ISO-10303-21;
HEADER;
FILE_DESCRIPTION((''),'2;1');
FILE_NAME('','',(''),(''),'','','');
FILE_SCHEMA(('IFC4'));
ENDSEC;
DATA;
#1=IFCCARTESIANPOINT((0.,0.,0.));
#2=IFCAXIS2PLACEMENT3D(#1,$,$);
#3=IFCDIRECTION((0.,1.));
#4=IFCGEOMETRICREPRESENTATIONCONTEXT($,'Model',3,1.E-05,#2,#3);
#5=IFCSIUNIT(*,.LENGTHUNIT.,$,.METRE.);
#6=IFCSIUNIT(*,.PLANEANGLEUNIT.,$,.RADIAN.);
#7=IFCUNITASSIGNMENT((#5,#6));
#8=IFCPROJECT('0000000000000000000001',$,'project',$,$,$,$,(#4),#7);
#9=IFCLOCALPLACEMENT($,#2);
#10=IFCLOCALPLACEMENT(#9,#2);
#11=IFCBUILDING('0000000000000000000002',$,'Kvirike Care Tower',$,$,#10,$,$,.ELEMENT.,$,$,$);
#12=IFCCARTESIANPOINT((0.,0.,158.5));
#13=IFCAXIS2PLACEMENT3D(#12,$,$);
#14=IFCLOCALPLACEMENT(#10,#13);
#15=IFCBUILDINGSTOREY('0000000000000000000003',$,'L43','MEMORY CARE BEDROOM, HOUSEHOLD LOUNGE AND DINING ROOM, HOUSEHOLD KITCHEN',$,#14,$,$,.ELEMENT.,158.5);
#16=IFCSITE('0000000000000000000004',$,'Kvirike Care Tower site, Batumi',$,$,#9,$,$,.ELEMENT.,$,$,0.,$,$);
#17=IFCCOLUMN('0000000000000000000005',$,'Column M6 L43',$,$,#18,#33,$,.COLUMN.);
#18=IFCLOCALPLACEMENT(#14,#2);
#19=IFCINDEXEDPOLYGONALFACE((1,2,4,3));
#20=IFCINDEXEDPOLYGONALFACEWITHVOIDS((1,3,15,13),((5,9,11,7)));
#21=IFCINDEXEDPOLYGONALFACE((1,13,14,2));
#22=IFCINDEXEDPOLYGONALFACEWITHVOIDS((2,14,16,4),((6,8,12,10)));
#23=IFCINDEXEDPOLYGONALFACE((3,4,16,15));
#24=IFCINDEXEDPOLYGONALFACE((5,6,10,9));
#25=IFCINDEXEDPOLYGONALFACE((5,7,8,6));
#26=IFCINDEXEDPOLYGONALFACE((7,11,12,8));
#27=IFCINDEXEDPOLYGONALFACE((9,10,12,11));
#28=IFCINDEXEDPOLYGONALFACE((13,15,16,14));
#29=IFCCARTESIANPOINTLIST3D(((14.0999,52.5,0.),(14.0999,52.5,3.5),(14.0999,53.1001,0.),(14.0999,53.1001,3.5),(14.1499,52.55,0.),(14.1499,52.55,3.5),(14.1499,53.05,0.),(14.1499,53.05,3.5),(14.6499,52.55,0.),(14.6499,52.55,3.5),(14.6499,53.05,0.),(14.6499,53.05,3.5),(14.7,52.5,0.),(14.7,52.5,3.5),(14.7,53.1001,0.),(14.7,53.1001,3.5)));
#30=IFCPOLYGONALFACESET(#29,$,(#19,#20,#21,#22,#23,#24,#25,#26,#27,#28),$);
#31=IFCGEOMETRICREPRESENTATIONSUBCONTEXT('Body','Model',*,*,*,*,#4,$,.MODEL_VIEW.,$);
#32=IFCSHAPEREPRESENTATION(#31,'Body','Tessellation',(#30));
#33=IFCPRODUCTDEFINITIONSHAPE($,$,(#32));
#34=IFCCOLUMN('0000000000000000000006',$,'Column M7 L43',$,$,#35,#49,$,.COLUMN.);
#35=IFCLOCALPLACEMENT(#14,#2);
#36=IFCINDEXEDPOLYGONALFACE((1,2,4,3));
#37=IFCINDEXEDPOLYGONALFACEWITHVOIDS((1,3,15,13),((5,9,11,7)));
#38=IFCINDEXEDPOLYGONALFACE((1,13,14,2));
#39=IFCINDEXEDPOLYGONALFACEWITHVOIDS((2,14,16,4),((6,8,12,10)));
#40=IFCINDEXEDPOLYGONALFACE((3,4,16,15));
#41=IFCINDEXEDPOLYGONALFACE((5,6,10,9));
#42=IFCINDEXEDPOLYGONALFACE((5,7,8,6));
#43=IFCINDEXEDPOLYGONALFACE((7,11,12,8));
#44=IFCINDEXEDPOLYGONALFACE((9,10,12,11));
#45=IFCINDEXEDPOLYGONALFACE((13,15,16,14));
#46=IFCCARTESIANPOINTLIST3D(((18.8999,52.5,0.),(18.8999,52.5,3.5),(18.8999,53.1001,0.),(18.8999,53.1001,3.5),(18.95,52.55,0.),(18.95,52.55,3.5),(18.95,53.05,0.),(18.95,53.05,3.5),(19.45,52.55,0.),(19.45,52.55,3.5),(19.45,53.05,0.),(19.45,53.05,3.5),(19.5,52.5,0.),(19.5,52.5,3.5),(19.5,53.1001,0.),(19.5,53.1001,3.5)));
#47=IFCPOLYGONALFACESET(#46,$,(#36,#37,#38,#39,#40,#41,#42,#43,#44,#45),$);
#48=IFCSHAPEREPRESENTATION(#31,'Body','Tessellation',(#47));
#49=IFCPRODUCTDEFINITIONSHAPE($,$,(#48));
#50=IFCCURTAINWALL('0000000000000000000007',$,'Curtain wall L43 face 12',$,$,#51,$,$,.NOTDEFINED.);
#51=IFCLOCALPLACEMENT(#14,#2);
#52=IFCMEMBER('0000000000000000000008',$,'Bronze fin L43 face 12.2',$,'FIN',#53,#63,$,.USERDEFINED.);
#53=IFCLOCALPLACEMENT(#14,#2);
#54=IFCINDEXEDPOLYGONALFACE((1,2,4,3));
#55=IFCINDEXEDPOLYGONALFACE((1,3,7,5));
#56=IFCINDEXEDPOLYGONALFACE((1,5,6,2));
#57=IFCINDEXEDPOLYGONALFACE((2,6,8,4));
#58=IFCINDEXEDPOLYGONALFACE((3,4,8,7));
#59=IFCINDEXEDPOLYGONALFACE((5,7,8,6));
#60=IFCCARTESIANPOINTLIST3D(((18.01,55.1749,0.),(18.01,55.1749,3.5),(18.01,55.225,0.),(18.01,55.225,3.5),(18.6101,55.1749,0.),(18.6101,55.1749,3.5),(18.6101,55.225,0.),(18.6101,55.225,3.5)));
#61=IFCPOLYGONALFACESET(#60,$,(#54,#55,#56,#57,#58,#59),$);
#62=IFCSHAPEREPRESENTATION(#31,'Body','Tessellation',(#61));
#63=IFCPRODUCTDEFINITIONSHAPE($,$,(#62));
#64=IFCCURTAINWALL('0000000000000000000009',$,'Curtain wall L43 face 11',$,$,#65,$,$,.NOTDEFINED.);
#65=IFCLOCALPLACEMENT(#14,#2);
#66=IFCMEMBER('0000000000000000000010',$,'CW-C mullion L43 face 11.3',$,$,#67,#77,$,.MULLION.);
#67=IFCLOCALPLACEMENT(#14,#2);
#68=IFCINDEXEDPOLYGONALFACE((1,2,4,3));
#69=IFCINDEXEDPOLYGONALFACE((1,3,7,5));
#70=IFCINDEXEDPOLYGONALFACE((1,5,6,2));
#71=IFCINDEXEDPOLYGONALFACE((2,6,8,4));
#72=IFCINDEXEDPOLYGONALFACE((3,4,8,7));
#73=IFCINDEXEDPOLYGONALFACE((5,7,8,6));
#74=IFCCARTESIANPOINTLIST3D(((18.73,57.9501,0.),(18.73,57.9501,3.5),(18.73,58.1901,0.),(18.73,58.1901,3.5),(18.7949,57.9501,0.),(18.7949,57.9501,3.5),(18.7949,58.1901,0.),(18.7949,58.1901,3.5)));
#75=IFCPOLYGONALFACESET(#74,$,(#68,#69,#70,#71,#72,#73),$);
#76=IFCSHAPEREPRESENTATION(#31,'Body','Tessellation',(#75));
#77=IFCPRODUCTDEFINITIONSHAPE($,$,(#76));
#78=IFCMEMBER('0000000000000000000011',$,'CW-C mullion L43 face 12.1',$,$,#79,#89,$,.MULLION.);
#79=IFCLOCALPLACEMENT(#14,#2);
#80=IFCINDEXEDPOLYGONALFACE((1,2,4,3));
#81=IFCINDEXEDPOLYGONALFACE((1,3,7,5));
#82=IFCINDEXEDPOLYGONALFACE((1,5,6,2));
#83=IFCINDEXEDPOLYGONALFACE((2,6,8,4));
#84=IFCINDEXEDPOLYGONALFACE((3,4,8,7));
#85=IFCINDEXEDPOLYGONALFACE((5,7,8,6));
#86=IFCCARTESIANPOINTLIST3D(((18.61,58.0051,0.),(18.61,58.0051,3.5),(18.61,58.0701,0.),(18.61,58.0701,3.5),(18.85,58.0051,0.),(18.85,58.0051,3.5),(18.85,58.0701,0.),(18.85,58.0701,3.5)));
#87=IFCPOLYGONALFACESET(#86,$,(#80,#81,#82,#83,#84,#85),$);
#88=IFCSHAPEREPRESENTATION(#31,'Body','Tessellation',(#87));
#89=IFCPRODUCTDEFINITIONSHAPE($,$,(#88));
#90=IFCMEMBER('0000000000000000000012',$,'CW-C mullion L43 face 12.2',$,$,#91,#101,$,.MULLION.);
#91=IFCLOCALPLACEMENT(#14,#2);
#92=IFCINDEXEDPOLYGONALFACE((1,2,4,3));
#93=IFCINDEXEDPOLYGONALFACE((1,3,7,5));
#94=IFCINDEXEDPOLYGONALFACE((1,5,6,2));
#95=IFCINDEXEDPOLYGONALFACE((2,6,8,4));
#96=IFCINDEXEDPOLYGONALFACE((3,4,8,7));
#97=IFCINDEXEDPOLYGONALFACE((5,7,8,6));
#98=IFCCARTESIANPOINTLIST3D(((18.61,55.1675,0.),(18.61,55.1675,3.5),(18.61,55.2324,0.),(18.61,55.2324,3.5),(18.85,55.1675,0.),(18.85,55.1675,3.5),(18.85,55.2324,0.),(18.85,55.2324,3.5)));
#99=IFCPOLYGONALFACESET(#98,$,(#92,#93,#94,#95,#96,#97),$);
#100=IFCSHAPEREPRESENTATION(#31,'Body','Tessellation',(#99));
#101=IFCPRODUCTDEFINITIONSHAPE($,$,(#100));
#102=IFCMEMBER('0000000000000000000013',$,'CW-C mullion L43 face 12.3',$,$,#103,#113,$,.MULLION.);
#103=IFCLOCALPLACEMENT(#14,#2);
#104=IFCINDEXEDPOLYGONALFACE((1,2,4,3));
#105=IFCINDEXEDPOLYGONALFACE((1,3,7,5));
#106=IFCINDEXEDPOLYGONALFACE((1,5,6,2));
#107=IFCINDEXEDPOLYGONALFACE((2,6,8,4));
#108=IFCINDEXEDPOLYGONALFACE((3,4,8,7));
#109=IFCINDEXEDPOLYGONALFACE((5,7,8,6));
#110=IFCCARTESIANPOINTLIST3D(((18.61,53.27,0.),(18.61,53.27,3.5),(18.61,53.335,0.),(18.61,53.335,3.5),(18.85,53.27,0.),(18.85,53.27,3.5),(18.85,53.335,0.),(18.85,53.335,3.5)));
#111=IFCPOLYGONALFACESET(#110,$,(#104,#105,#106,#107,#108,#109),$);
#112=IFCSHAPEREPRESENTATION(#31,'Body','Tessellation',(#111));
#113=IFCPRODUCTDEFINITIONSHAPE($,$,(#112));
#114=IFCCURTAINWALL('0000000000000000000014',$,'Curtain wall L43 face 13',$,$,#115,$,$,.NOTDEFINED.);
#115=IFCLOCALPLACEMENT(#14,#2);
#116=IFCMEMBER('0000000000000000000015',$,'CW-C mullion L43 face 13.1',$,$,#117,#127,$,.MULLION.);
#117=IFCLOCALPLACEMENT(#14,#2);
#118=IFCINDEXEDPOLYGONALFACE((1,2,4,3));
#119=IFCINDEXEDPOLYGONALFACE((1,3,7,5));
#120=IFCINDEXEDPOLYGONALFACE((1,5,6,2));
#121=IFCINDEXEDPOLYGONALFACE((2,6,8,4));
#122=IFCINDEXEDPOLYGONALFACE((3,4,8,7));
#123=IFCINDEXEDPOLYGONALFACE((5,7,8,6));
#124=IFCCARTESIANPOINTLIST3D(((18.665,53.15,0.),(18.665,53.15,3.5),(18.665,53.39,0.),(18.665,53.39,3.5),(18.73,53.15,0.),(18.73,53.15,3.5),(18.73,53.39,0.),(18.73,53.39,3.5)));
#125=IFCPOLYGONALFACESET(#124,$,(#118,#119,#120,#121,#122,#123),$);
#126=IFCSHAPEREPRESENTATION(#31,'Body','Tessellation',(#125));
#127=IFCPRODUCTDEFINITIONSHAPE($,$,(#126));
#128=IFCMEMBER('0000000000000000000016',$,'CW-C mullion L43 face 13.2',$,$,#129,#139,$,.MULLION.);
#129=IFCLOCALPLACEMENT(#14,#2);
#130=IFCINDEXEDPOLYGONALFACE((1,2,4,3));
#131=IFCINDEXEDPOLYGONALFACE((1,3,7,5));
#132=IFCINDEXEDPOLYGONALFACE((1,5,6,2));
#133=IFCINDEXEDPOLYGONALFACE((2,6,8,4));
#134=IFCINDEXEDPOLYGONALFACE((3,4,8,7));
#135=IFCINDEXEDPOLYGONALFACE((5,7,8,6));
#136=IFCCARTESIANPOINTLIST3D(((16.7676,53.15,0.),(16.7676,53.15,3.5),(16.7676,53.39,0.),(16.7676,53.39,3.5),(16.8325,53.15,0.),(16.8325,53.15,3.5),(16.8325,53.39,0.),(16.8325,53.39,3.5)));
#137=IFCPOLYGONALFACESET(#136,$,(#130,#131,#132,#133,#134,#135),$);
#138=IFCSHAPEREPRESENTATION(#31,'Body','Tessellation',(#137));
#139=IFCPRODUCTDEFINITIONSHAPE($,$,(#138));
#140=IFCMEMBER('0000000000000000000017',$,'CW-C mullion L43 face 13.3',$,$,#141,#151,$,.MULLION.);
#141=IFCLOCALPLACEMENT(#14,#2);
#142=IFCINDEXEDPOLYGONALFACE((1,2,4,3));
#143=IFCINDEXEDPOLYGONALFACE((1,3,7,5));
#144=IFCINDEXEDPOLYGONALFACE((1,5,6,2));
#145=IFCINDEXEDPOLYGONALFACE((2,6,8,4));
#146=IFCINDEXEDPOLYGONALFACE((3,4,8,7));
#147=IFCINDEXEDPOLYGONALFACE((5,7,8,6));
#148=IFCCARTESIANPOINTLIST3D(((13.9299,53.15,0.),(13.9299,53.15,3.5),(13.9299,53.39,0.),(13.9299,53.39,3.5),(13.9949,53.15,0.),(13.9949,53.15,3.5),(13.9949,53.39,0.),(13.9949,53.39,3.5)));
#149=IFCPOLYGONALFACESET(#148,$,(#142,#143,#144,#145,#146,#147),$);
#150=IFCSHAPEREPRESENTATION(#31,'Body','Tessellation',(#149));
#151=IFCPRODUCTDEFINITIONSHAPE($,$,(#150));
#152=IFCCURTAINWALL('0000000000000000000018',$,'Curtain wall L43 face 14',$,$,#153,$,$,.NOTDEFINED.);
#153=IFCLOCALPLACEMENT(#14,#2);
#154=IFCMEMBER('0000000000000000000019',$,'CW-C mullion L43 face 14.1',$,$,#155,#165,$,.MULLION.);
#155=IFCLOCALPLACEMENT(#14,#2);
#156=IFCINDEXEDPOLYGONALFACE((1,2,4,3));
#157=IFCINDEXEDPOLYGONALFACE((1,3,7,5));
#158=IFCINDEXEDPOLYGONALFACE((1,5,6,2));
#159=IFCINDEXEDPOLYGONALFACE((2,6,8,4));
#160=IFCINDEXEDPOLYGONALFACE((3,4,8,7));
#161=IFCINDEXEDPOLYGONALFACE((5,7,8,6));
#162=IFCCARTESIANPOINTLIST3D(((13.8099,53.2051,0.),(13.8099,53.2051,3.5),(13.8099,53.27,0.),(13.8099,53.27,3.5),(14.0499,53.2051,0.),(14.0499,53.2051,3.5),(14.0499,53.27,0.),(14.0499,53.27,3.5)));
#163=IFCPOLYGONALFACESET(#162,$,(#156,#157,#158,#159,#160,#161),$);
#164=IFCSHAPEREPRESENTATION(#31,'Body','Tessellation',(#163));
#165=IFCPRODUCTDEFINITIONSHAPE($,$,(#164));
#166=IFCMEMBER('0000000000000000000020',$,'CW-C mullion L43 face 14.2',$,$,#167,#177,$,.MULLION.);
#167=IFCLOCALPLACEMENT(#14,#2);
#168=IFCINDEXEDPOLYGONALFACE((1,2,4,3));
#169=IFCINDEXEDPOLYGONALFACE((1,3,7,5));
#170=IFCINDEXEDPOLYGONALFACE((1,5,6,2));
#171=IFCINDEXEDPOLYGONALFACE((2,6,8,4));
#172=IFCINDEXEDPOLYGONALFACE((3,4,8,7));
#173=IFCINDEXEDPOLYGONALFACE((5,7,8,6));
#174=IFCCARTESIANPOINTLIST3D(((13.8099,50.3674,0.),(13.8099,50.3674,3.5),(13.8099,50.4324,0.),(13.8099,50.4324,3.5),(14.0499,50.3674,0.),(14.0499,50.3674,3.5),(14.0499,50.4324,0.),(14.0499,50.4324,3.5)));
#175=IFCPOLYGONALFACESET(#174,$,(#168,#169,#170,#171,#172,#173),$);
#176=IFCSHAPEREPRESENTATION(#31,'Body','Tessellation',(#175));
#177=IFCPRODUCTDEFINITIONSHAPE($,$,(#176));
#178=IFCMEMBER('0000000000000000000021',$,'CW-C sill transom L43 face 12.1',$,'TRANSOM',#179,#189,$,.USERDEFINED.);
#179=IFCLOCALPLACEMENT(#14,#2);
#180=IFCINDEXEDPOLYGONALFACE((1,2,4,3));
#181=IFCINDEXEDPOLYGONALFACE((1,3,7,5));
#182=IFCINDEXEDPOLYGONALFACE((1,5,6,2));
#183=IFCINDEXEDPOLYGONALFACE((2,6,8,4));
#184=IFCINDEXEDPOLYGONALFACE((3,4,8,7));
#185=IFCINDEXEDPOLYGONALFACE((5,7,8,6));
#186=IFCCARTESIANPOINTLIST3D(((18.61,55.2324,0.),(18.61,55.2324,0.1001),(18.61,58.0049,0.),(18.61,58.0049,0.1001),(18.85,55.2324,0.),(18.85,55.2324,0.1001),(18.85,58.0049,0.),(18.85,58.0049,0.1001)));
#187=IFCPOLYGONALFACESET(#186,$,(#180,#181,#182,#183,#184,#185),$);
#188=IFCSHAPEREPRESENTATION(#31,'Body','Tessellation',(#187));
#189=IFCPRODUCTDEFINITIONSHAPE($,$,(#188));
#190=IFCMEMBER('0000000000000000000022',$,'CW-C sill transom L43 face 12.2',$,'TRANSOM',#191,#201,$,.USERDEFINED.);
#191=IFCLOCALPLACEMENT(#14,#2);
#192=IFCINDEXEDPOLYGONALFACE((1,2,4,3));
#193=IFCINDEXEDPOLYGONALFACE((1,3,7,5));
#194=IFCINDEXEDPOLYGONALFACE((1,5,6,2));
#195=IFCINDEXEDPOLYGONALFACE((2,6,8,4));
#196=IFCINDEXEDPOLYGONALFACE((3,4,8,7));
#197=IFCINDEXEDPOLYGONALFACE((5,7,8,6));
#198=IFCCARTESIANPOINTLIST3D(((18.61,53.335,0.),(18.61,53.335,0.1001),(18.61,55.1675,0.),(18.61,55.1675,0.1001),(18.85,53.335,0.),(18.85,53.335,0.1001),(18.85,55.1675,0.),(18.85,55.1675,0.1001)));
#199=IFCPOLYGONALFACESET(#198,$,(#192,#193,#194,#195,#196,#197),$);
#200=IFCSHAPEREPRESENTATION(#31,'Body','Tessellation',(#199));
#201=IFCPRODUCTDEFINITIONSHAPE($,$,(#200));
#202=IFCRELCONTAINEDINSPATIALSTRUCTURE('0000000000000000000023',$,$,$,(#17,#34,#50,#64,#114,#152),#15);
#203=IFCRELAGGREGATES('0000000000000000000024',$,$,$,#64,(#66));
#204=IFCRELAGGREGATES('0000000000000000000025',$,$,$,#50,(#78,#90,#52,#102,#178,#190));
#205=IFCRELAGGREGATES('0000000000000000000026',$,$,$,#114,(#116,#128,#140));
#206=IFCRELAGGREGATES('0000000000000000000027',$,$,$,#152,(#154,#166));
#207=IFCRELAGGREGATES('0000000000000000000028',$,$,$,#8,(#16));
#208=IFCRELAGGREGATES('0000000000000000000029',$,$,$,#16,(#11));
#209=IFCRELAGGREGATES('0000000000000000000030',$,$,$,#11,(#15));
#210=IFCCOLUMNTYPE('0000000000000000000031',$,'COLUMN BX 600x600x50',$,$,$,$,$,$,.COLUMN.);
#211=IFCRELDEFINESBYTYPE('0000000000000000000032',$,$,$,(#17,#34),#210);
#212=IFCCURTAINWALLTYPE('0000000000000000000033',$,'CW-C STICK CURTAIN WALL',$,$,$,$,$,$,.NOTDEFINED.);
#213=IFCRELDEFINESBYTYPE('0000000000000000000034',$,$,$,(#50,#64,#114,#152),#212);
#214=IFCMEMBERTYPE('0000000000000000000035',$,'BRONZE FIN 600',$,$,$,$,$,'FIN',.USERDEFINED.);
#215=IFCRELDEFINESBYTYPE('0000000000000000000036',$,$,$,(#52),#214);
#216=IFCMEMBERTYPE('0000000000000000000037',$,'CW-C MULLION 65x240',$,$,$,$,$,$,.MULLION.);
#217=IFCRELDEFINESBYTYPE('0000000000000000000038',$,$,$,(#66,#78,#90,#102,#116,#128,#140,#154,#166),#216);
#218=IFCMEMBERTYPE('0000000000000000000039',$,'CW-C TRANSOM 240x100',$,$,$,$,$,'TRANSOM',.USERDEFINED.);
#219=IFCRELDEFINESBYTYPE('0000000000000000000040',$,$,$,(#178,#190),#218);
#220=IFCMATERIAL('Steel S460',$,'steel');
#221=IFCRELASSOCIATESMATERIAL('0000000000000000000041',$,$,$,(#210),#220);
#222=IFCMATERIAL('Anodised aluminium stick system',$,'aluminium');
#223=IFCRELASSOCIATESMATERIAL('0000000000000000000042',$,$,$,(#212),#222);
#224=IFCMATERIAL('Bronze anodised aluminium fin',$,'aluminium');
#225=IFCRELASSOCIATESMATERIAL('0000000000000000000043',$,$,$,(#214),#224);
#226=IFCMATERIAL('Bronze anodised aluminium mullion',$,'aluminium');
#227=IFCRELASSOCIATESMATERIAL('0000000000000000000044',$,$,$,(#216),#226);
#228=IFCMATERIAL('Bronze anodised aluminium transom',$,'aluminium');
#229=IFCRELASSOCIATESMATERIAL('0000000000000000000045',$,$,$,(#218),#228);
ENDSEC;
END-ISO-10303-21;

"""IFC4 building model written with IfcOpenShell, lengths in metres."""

from ifc_helpers import new_model, si_unit, direction, frame, origin, origin_2d, place, context, subcontext, project, spatial, rectangle, hollow_rectangle, extrude, material, material_profile, profile_set, type_object, element, aggregate, save


model = new_model("IFC4")

# Units and contexts
model_context = context("Model", 3, precision=1e-05, world=origin(), true_north=direction((0.0, 1.0)))
body_context = subcontext(model_context, "Body", "Model", "MODEL_VIEW")
ifc_project = project(units=[si_unit("LENGTHUNIT", "METRE"), si_unit("PLANEANGLEUNIT", "RADIAN")], contexts=[model_context])

# Site, building, storey
site_placement = place(None, origin())
site = spatial("IfcSite", under=ifc_project, at=site_placement, Name="Kvirike Care Tower site, Batumi", CompositionType="ELEMENT", RefElevation=0.0)
building_placement = place(site_placement, origin())
building = spatial("IfcBuilding", under=site, at=building_placement, Name="Kvirike Care Tower", CompositionType="ELEMENT")
storey_placement = place(building_placement, frame((0.0, 0.0, 158.5)))
storey = spatial("IfcBuildingStorey", under=building, at=storey_placement, Name="L43", Description="MEMORY CARE BEDROOM, HOUSEHOLD LOUNGE AND DINING ROOM, HOUSEHOLD KITCHEN", CompositionType="ELEMENT", Elevation=158.5)

# Columns
ifc_material_1 = material(Name="Steel S460", Category="steel")
ifc_material_profile_1 = material_profile(ifc_material_1, hollow_rectangle(XDim=0.6001, YDim=0.6001, WallThickness=0.05, at=origin_2d()), Name="BX 600x600x50")
ifc_profile_set_1 = profile_set([ifc_material_profile_1], Name="Steel S460")
column_type = type_object("IfcColumnType", Name="COLUMN BX 600x600x50", PredefinedType="COLUMN", material=ifc_profile_set_1)
for number, where, z_axis, x_axis, name in (
    (1, (14.3999, 52.8, 0.0), (0.0, 0.0, 1.0), (0.0, 1.0, 0.0), "Column M6 L43"),
    (2, (19.2, 52.8, 0.0), (0.0, 0.0, 1.0), (0.0, 1.0, 0.0), "Column M7 L43"),
):
    element("IfcColumn", number, at=place(storey_placement, frame(where, z_axis=z_axis, x_axis=x_axis)), inside=storey, type_object=column_type, Name=name, PredefinedType="COLUMN", context=body_context, shape_type="SweptSolid", body=[
        extrude(hollow_rectangle(XDim=0.6001, YDim=0.6001, WallThickness=0.05, at=origin_2d()), origin(), (0.0, 0.0, 1.0), 3.5),
    ])

# Curtain walls, members
ifc_material_2 = material(Name="Anodised aluminium stick system", Category="aluminium")
curtain_wall_type = type_object("IfcCurtainWallType", Name="CW-C STICK CURTAIN WALL", PredefinedType="NOTDEFINED", material=ifc_material_2)
curtain_wall_1_placement = place(storey_placement, origin())
curtain_wall_1 = element("IfcCurtainWall", 3, at=curtain_wall_1_placement, inside=storey, type_object=curtain_wall_type, Name="Curtain wall L43 face 12", PredefinedType="NOTDEFINED")
ifc_material_3 = material(Name="Bronze anodised aluminium fin", Category="aluminium")
ifc_material_profile_2 = material_profile(ifc_material_3, rectangle(XDim=0.05, YDim=0.6001, at=origin_2d()), Name="BRONZE FIN 600")
ifc_profile_set_2 = profile_set([ifc_material_profile_2], Name="Bronze anodised aluminium fin")
member_type_1 = type_object("IfcMemberType", Name="BRONZE FIN 600", ElementType="FIN", PredefinedType="USERDEFINED", material=ifc_profile_set_2)
member_1_placement = place(storey_placement, frame((18.3101, 55.2, 0.0), z_axis=(0.0, 0.0, 1.0), x_axis=(0.0, -1.0, 0.0)))
member_1 = element("IfcMember", 4, at=member_1_placement, type_object=member_type_1, Name="Bronze fin L43 face 12.2", ObjectType="FIN", PredefinedType="USERDEFINED", context=body_context, shape_type="SweptSolid", body=[
    extrude(rectangle(XDim=0.05, YDim=0.6001, at=origin_2d()), origin(), (0.0, 0.0, 1.0), 3.5),
])
curtain_wall_2_placement = place(storey_placement, origin())
curtain_wall_2 = element("IfcCurtainWall", 5, at=curtain_wall_2_placement, inside=storey, type_object=curtain_wall_type, Name="Curtain wall L43 face 11", PredefinedType="NOTDEFINED")
ifc_material_4 = material(Name="Bronze anodised aluminium mullion", Category="aluminium")
ifc_material_profile_3 = material_profile(ifc_material_4, rectangle(XDim=0.0649, YDim=0.24, at=origin_2d()), Name="CW-C MULLION 65x240")
ifc_profile_set_3 = profile_set([ifc_material_profile_3], Name="Bronze anodised aluminium mullion")
member_type_2 = type_object("IfcMemberType", Name="CW-C MULLION 65x240", PredefinedType="MULLION", material=ifc_profile_set_3)
member_2_placement = place(storey_placement, frame((18.7625, 58.0701, 0.0), z_axis=(0.0, 0.0, 1.0), x_axis=(-1.0, 0.0, 0.0)))
member_2 = element("IfcMember", 6, at=member_2_placement, type_object=member_type_2, Name="CW-C mullion L43 face 11.3", PredefinedType="MULLION", context=body_context, shape_type="SweptSolid", body=[
    extrude(rectangle(XDim=0.0649, YDim=0.24, at=origin_2d()), origin(), (0.0, 0.0, 1.0), 3.5),
])
aggregate(curtain_wall_2, [member_2])

# Members
member_3_placement = place(storey_placement, frame((18.73, 58.0376, 0.0), z_axis=(0.0, 0.0, 1.0), x_axis=(0.0, -1.0, 0.0)))
member_3 = element("IfcMember", 7, at=member_3_placement, type_object=member_type_2, Name="CW-C mullion L43 face 12.1", PredefinedType="MULLION", context=body_context, shape_type="SweptSolid", body=[
    extrude(rectangle(XDim=0.0649, YDim=0.24, at=origin_2d()), origin(), (0.0, 0.0, 1.0), 3.5),
])
member_4_placement = place(storey_placement, frame((18.73, 55.2, 0.0), z_axis=(0.0, 0.0, 1.0), x_axis=(0.0, -1.0, 0.0)))
member_4 = element("IfcMember", 8, at=member_4_placement, type_object=member_type_2, Name="CW-C mullion L43 face 12.2", PredefinedType="MULLION", context=body_context, shape_type="SweptSolid", body=[
    extrude(rectangle(XDim=0.0649, YDim=0.24, at=origin_2d()), origin(), (0.0, 0.0, 1.0), 3.5),
])
member_5_placement = place(storey_placement, frame((18.73, 53.3025, 0.0), z_axis=(0.0, 0.0, 1.0), x_axis=(0.0, -1.0, 0.0)))
member_5 = element("IfcMember", 9, at=member_5_placement, type_object=member_type_2, Name="CW-C mullion L43 face 12.3", PredefinedType="MULLION", context=body_context, shape_type="SweptSolid", body=[
    extrude(rectangle(XDim=0.0649, YDim=0.24, at=origin_2d()), origin(), (0.0, 0.0, 1.0), 3.5),
])

# Curtain walls, members
curtain_wall_3_placement = place(storey_placement, origin())
curtain_wall_3 = element("IfcCurtainWall", 10, at=curtain_wall_3_placement, inside=storey, type_object=curtain_wall_type, Name="Curtain wall L43 face 13", PredefinedType="NOTDEFINED")
member_6_placement = place(storey_placement, frame((18.6975, 53.27, 0.0), z_axis=(0.0, 0.0, 1.0), x_axis=(-1.0, 0.0, 0.0)))
member_6 = element("IfcMember", 11, at=member_6_placement, type_object=member_type_2, Name="CW-C mullion L43 face 13.1", PredefinedType="MULLION", context=body_context, shape_type="SweptSolid", body=[
    extrude(rectangle(XDim=0.0649, YDim=0.24, at=origin_2d()), origin(), (0.0, 0.0, 1.0), 3.5),
])
member_7_placement = place(storey_placement, frame((16.8, 53.27, 0.0), z_axis=(0.0, 0.0, 1.0), x_axis=(-1.0, 0.0, 0.0)))
member_7 = element("IfcMember", 12, at=member_7_placement, type_object=member_type_2, Name="CW-C mullion L43 face 13.2", PredefinedType="MULLION", context=body_context, shape_type="SweptSolid", body=[
    extrude(rectangle(XDim=0.0649, YDim=0.24, at=origin_2d()), origin(), (0.0, 0.0, 1.0), 3.5),
])
member_8_placement = place(storey_placement, frame((13.9624, 53.27, 0.0), z_axis=(0.0, 0.0, 1.0), x_axis=(-1.0, 0.0, 0.0)))
member_8 = element("IfcMember", 13, at=member_8_placement, type_object=member_type_2, Name="CW-C mullion L43 face 13.3", PredefinedType="MULLION", context=body_context, shape_type="SweptSolid", body=[
    extrude(rectangle(XDim=0.0649, YDim=0.24, at=origin_2d()), origin(), (0.0, 0.0, 1.0), 3.5),
])
curtain_wall_4_placement = place(storey_placement, origin())
curtain_wall_4 = element("IfcCurtainWall", 14, at=curtain_wall_4_placement, inside=storey, type_object=curtain_wall_type, Name="Curtain wall L43 face 14", PredefinedType="NOTDEFINED")
member_9_placement = place(storey_placement, frame((13.9299, 53.2375, 0.0), z_axis=(0.0, 0.0, 1.0), x_axis=(0.0, -1.0, 0.0)))
member_9 = element("IfcMember", 15, at=member_9_placement, type_object=member_type_2, Name="CW-C mullion L43 face 14.1", PredefinedType="MULLION", context=body_context, shape_type="SweptSolid", body=[
    extrude(rectangle(XDim=0.0649, YDim=0.24, at=origin_2d()), origin(), (0.0, 0.0, 1.0), 3.5),
])
member_10_placement = place(storey_placement, frame((13.9299, 50.3999, 0.0), z_axis=(0.0, 0.0, 1.0), x_axis=(0.0, -1.0, 0.0)))
member_10 = element("IfcMember", 16, at=member_10_placement, type_object=member_type_2, Name="CW-C mullion L43 face 14.2", PredefinedType="MULLION", context=body_context, shape_type="SweptSolid", body=[
    extrude(rectangle(XDim=0.0649, YDim=0.24, at=origin_2d()), origin(), (0.0, 0.0, 1.0), 3.5),
])

# Members
ifc_material_5 = material(Name="Bronze anodised aluminium transom", Category="aluminium")
ifc_material_profile_4 = material_profile(ifc_material_5, rectangle(XDim=0.24, YDim=0.1001, at=origin_2d()), Name="CW-C TRANSOM 240x100")
ifc_profile_set_4 = profile_set([ifc_material_profile_4], Name="Bronze anodised aluminium transom")
member_type_3 = type_object("IfcMemberType", Name="CW-C TRANSOM 240x100", ElementType="TRANSOM", PredefinedType="USERDEFINED", material=ifc_profile_set_4)
member_11_placement = place(storey_placement, frame((18.73, 58.0049, 0.05), z_axis=(0.0, -1.0, 0.0), x_axis=(1.0, 0.0, 0.0)))
member_11 = element("IfcMember", 17, at=member_11_placement, type_object=member_type_3, Name="CW-C sill transom L43 face 12.1", ObjectType="TRANSOM", PredefinedType="USERDEFINED", context=body_context, shape_type="SweptSolid", body=[
    extrude(rectangle(XDim=0.24, YDim=0.1001, at=origin_2d()), origin(), (0.0, 0.0, 1.0), 2.7725),
])
member_12_placement = place(storey_placement, frame((18.73, 55.1675, 0.05), z_axis=(0.0, -1.0, 0.0), x_axis=(1.0, 0.0, 0.0)))
member_12 = element("IfcMember", 18, at=member_12_placement, type_object=member_type_3, Name="CW-C sill transom L43 face 12.2", ObjectType="TRANSOM", PredefinedType="USERDEFINED", context=body_context, shape_type="SweptSolid", body=[
    extrude(rectangle(XDim=0.24, YDim=0.1001, at=origin_2d()), origin(), (0.0, 0.0, 1.0), 1.8325),
])

aggregate(curtain_wall_1, [member_3, member_4, member_1, member_5, member_11, member_12])
aggregate(curtain_wall_3, [member_6, member_7, member_8])
aggregate(curtain_wall_4, [member_9, member_10])

save(model, "model.ifc")
